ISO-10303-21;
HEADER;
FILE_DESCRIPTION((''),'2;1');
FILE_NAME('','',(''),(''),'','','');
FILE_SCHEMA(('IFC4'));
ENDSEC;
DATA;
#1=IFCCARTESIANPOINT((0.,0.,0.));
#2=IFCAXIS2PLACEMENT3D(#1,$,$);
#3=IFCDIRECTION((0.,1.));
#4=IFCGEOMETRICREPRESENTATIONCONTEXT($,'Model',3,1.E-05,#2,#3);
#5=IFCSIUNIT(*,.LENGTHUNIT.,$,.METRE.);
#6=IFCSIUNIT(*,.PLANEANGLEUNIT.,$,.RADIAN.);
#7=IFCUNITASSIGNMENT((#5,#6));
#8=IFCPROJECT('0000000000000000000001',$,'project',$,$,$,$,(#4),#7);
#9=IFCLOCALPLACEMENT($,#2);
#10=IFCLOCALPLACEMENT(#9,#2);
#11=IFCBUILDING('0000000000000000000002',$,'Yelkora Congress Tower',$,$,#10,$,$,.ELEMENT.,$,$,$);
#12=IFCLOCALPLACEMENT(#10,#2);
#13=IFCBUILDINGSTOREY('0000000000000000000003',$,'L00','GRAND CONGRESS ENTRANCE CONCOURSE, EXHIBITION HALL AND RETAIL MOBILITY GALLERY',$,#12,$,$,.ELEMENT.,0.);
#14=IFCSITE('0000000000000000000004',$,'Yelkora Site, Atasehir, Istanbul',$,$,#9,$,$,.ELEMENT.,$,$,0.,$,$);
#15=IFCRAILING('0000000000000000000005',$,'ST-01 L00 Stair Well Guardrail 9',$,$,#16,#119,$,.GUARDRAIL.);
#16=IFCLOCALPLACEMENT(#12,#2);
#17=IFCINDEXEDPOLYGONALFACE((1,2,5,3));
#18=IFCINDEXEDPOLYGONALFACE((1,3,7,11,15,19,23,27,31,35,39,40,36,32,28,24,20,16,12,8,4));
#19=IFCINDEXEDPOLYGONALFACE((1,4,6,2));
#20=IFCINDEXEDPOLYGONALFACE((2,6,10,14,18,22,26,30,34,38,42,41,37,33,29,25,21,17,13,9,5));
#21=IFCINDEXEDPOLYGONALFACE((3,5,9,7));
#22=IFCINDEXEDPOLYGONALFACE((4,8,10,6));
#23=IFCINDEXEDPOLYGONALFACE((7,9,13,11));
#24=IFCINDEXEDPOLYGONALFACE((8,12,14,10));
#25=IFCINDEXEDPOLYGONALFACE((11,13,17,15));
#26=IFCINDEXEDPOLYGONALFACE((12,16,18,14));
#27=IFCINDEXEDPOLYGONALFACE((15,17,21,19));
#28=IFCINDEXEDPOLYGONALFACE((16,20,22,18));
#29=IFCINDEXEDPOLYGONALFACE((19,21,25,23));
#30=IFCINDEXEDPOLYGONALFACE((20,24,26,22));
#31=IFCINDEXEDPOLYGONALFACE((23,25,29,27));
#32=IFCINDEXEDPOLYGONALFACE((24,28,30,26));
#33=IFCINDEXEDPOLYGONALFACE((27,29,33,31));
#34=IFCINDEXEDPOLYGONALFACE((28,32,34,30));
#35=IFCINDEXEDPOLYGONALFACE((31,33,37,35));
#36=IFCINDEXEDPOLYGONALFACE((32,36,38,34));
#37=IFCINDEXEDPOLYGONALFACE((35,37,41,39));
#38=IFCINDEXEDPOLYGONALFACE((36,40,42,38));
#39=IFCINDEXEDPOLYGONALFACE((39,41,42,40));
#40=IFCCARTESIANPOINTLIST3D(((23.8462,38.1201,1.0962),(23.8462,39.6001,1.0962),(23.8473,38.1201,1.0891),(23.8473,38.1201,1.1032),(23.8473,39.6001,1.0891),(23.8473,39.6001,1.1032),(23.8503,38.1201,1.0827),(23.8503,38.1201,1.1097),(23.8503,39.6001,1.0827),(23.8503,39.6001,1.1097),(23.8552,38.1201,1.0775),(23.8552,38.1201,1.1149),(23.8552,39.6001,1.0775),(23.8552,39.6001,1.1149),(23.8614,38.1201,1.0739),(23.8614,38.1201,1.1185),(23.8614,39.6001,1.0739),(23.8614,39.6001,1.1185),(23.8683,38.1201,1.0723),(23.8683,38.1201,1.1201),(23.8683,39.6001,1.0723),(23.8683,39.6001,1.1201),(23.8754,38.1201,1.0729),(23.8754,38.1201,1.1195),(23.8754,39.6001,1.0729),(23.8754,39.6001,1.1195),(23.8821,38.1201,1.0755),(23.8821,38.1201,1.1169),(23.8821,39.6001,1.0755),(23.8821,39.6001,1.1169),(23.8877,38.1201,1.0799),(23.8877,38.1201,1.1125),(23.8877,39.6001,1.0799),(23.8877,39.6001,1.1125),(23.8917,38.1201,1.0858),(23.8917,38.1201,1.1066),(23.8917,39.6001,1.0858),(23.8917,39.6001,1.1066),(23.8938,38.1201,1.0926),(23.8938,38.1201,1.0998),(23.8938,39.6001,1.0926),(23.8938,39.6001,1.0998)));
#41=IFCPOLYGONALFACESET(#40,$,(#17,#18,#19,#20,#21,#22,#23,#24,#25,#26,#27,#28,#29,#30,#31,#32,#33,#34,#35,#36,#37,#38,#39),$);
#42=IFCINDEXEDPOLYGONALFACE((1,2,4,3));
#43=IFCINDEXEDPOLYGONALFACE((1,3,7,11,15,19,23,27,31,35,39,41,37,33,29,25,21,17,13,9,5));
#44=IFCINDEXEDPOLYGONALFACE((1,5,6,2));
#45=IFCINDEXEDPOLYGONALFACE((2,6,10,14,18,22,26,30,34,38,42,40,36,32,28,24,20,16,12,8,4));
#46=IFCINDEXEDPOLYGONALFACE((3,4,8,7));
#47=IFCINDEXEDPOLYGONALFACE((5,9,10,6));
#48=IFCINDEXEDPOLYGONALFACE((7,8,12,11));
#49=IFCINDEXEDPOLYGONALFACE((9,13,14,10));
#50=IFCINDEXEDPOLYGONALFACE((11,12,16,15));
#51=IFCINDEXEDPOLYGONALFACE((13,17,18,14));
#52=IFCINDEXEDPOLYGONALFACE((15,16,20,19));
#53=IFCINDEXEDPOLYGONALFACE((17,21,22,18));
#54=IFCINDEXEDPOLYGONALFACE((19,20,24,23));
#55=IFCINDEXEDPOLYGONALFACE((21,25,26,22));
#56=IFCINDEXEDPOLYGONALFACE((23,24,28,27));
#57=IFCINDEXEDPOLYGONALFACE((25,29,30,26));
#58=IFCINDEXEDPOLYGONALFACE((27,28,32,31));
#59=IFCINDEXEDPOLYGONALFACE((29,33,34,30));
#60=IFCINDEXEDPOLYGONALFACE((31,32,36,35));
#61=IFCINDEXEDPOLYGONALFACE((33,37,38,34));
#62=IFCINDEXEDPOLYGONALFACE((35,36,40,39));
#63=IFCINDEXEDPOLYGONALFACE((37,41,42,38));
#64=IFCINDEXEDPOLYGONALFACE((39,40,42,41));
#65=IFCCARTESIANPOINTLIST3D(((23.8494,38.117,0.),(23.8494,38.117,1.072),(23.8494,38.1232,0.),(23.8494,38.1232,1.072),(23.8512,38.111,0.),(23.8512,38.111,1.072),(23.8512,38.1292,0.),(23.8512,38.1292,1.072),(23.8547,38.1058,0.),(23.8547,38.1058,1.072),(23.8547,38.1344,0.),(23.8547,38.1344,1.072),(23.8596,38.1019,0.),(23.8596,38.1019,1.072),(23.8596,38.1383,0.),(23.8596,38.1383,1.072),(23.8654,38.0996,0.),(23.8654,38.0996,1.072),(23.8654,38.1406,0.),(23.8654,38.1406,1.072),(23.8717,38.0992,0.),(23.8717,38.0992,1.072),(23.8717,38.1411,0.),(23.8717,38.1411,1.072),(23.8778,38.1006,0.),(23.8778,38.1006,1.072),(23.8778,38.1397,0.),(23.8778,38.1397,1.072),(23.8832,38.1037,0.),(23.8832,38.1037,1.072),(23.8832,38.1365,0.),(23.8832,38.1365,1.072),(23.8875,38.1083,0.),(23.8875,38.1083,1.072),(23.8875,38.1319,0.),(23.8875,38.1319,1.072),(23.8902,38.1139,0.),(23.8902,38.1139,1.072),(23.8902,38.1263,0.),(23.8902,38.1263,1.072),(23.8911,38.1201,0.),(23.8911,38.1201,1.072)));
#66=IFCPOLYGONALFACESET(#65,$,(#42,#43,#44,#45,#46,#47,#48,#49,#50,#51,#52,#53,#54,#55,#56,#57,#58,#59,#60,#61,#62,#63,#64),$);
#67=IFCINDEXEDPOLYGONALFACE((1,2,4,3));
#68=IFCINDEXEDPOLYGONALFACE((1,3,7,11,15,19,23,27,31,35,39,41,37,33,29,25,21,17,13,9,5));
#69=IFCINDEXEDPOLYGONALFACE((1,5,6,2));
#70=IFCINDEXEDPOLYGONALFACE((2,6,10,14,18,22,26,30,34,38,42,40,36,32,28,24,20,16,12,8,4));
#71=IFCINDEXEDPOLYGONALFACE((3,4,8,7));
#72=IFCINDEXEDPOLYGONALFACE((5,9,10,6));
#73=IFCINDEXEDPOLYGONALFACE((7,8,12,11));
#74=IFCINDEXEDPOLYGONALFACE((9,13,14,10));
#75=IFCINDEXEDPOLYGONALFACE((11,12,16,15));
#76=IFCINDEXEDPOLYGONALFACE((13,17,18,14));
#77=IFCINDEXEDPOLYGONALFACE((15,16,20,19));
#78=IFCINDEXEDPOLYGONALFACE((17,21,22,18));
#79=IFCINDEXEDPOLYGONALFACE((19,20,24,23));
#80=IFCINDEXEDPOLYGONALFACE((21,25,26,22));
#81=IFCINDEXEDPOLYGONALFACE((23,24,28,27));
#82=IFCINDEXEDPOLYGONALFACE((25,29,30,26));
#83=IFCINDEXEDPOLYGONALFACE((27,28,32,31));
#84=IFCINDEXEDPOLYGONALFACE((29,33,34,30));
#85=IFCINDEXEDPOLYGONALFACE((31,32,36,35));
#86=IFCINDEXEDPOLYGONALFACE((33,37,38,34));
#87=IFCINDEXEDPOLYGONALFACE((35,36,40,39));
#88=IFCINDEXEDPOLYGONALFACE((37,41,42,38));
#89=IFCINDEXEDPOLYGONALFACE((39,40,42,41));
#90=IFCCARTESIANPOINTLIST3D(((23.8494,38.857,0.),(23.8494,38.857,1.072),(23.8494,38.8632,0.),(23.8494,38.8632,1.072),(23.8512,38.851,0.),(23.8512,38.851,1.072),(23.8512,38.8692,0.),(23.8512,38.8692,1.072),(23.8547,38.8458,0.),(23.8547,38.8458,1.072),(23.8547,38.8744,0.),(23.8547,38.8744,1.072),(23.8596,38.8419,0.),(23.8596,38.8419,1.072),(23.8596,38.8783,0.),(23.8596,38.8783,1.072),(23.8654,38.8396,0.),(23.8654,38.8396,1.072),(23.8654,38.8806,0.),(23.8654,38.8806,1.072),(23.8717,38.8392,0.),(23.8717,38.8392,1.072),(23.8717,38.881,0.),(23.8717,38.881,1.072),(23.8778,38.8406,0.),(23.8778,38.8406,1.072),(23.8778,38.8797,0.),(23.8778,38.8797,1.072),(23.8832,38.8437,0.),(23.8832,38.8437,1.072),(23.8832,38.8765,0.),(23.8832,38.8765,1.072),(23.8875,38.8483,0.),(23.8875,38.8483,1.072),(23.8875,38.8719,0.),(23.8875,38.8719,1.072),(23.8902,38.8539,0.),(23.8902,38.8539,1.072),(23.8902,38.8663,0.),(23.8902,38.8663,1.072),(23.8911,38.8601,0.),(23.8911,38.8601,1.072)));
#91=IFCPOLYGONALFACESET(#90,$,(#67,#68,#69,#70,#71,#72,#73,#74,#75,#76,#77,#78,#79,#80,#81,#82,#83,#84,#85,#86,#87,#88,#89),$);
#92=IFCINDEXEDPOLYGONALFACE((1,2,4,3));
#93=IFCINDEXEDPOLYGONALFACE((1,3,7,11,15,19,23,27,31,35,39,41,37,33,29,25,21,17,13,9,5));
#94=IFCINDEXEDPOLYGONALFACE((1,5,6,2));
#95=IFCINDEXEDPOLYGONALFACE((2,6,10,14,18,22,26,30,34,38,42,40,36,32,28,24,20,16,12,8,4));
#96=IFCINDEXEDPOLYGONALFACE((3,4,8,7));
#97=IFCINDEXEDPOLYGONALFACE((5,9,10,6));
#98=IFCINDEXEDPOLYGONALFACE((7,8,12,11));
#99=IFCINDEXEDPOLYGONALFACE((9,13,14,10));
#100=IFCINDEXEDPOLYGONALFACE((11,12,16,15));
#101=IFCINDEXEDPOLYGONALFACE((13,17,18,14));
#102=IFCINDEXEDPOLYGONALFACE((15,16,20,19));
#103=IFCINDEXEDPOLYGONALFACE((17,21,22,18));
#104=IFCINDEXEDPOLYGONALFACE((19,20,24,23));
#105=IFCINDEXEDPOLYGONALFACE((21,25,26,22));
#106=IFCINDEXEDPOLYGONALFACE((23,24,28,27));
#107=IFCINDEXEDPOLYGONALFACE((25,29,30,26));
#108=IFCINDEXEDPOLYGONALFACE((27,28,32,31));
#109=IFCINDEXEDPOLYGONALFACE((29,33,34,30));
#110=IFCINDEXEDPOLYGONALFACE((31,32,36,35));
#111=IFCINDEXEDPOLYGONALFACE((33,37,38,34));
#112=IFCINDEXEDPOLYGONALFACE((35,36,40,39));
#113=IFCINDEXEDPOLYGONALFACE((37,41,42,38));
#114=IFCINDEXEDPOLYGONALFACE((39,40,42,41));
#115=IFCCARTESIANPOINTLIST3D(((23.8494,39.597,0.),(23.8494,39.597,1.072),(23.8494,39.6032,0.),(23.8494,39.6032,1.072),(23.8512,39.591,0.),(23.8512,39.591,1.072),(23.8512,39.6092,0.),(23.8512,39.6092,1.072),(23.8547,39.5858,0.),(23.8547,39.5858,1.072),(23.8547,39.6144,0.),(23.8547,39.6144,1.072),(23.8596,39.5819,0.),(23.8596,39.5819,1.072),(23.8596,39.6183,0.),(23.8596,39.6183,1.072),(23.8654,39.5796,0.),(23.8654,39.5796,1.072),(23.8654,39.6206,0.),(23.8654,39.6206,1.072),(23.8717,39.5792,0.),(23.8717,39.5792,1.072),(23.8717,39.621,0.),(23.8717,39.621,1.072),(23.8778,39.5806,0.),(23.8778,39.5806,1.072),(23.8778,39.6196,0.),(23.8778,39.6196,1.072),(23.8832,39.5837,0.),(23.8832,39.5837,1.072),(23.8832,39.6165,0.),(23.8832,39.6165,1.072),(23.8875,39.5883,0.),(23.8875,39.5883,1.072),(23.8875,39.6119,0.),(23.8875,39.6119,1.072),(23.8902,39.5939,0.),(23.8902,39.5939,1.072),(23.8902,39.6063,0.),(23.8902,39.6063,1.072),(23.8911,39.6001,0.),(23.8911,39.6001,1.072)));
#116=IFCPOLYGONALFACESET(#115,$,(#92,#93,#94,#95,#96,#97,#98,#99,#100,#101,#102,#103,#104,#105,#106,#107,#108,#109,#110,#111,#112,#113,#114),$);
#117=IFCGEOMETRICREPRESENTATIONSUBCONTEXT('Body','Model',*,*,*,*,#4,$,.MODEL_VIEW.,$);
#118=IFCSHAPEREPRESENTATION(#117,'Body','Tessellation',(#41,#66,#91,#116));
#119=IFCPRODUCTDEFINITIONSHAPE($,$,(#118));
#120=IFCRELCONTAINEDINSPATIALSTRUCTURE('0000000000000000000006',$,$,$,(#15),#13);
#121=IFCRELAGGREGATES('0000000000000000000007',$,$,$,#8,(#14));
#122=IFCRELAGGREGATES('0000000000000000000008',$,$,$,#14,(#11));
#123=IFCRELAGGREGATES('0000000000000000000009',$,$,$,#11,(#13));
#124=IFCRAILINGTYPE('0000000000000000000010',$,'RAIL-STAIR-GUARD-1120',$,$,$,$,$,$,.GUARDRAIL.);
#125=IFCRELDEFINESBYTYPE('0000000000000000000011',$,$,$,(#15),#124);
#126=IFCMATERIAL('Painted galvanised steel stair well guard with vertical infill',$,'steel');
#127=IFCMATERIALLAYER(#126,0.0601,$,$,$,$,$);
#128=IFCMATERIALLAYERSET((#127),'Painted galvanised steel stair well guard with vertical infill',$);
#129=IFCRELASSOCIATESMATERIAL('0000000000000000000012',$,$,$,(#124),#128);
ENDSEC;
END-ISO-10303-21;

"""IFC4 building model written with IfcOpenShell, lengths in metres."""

from ifc_helpers import new_model, si_unit, direction, frame, origin, origin_2d, place, context, subcontext, project, spatial, circle, extrude, material, layer, layer_set, type_object, element, save


model = new_model("IFC4")

# Units and contexts
model_context = context("Model", 3, precision=1e-05, world=origin(), true_north=direction((0.0, 1.0)))
body_context = subcontext(model_context, "Body", "Model", "MODEL_VIEW")
ifc_project = project(units=[si_unit("LENGTHUNIT", "METRE"), si_unit("PLANEANGLEUNIT", "RADIAN")], contexts=[model_context])

# Site, building, storey
site_placement = place(None, origin())
site = spatial("IfcSite", under=ifc_project, at=site_placement, Name="Yelkora Site, Atasehir, Istanbul", CompositionType="ELEMENT", RefElevation=0.0)
building_placement = place(site_placement, origin())
building = spatial("IfcBuilding", under=site, at=building_placement, Name="Yelkora Congress Tower", CompositionType="ELEMENT")
storey_placement = place(building_placement, origin())
storey = spatial("IfcBuildingStorey", under=building, at=storey_placement, Name="L00", Description="GRAND CONGRESS ENTRANCE CONCOURSE, EXHIBITION HALL AND RETAIL MOBILITY GALLERY", CompositionType="ELEMENT", Elevation=0.0)

# Railing
ifc_material_1 = material(Name="Painted galvanised steel stair well guard with vertical infill", Category="steel")
ifc_layer_1 = layer(ifc_material_1, 0.0601)
ifc_layer_set_1 = layer_set([ifc_layer_1], Name="Painted galvanised steel stair well guard with vertical infill")
railing_type_1 = type_object("IfcRailingType", Name="RAIL-STAIR-GUARD-1120", PredefinedType="GUARDRAIL", material=ifc_layer_set_1)
for number, where, name in (
    (1, (23.8701, 38.1201, 0.0), "ST-01 L00 Stair Well Guardrail 9"),
):
    element("IfcRailing", number, at=place(storey_placement, frame(where)), inside=storey, type_object=railing_type_1, Name=name, PredefinedType="GUARDRAIL", context=body_context, shape_type="SweptSolid", body=[
        extrude(circle(Radius=0.0239, at=origin_2d()), frame((0.0, 0.0, 1.0962), z_axis=(0.0, 1.0, 0.0), x_axis=(-1.0, 0.0, 0.0)), (0.0, 0.0, 1.0), 1.48),
        extrude(circle(Radius=0.021, at=origin_2d()), origin(), (0.0, 0.0, 1.0), 1.072),
        extrude(circle(Radius=0.021, at=origin_2d()), frame((0.0, 0.74, 0.0)), (0.0, 0.0, 1.0), 1.072),
        extrude(circle(Radius=0.021, at=origin_2d()), frame((0.0, 1.48, 0.0)), (0.0, 0.0, 1.0), 1.072),
    ])

save(model, "model.ifc")
